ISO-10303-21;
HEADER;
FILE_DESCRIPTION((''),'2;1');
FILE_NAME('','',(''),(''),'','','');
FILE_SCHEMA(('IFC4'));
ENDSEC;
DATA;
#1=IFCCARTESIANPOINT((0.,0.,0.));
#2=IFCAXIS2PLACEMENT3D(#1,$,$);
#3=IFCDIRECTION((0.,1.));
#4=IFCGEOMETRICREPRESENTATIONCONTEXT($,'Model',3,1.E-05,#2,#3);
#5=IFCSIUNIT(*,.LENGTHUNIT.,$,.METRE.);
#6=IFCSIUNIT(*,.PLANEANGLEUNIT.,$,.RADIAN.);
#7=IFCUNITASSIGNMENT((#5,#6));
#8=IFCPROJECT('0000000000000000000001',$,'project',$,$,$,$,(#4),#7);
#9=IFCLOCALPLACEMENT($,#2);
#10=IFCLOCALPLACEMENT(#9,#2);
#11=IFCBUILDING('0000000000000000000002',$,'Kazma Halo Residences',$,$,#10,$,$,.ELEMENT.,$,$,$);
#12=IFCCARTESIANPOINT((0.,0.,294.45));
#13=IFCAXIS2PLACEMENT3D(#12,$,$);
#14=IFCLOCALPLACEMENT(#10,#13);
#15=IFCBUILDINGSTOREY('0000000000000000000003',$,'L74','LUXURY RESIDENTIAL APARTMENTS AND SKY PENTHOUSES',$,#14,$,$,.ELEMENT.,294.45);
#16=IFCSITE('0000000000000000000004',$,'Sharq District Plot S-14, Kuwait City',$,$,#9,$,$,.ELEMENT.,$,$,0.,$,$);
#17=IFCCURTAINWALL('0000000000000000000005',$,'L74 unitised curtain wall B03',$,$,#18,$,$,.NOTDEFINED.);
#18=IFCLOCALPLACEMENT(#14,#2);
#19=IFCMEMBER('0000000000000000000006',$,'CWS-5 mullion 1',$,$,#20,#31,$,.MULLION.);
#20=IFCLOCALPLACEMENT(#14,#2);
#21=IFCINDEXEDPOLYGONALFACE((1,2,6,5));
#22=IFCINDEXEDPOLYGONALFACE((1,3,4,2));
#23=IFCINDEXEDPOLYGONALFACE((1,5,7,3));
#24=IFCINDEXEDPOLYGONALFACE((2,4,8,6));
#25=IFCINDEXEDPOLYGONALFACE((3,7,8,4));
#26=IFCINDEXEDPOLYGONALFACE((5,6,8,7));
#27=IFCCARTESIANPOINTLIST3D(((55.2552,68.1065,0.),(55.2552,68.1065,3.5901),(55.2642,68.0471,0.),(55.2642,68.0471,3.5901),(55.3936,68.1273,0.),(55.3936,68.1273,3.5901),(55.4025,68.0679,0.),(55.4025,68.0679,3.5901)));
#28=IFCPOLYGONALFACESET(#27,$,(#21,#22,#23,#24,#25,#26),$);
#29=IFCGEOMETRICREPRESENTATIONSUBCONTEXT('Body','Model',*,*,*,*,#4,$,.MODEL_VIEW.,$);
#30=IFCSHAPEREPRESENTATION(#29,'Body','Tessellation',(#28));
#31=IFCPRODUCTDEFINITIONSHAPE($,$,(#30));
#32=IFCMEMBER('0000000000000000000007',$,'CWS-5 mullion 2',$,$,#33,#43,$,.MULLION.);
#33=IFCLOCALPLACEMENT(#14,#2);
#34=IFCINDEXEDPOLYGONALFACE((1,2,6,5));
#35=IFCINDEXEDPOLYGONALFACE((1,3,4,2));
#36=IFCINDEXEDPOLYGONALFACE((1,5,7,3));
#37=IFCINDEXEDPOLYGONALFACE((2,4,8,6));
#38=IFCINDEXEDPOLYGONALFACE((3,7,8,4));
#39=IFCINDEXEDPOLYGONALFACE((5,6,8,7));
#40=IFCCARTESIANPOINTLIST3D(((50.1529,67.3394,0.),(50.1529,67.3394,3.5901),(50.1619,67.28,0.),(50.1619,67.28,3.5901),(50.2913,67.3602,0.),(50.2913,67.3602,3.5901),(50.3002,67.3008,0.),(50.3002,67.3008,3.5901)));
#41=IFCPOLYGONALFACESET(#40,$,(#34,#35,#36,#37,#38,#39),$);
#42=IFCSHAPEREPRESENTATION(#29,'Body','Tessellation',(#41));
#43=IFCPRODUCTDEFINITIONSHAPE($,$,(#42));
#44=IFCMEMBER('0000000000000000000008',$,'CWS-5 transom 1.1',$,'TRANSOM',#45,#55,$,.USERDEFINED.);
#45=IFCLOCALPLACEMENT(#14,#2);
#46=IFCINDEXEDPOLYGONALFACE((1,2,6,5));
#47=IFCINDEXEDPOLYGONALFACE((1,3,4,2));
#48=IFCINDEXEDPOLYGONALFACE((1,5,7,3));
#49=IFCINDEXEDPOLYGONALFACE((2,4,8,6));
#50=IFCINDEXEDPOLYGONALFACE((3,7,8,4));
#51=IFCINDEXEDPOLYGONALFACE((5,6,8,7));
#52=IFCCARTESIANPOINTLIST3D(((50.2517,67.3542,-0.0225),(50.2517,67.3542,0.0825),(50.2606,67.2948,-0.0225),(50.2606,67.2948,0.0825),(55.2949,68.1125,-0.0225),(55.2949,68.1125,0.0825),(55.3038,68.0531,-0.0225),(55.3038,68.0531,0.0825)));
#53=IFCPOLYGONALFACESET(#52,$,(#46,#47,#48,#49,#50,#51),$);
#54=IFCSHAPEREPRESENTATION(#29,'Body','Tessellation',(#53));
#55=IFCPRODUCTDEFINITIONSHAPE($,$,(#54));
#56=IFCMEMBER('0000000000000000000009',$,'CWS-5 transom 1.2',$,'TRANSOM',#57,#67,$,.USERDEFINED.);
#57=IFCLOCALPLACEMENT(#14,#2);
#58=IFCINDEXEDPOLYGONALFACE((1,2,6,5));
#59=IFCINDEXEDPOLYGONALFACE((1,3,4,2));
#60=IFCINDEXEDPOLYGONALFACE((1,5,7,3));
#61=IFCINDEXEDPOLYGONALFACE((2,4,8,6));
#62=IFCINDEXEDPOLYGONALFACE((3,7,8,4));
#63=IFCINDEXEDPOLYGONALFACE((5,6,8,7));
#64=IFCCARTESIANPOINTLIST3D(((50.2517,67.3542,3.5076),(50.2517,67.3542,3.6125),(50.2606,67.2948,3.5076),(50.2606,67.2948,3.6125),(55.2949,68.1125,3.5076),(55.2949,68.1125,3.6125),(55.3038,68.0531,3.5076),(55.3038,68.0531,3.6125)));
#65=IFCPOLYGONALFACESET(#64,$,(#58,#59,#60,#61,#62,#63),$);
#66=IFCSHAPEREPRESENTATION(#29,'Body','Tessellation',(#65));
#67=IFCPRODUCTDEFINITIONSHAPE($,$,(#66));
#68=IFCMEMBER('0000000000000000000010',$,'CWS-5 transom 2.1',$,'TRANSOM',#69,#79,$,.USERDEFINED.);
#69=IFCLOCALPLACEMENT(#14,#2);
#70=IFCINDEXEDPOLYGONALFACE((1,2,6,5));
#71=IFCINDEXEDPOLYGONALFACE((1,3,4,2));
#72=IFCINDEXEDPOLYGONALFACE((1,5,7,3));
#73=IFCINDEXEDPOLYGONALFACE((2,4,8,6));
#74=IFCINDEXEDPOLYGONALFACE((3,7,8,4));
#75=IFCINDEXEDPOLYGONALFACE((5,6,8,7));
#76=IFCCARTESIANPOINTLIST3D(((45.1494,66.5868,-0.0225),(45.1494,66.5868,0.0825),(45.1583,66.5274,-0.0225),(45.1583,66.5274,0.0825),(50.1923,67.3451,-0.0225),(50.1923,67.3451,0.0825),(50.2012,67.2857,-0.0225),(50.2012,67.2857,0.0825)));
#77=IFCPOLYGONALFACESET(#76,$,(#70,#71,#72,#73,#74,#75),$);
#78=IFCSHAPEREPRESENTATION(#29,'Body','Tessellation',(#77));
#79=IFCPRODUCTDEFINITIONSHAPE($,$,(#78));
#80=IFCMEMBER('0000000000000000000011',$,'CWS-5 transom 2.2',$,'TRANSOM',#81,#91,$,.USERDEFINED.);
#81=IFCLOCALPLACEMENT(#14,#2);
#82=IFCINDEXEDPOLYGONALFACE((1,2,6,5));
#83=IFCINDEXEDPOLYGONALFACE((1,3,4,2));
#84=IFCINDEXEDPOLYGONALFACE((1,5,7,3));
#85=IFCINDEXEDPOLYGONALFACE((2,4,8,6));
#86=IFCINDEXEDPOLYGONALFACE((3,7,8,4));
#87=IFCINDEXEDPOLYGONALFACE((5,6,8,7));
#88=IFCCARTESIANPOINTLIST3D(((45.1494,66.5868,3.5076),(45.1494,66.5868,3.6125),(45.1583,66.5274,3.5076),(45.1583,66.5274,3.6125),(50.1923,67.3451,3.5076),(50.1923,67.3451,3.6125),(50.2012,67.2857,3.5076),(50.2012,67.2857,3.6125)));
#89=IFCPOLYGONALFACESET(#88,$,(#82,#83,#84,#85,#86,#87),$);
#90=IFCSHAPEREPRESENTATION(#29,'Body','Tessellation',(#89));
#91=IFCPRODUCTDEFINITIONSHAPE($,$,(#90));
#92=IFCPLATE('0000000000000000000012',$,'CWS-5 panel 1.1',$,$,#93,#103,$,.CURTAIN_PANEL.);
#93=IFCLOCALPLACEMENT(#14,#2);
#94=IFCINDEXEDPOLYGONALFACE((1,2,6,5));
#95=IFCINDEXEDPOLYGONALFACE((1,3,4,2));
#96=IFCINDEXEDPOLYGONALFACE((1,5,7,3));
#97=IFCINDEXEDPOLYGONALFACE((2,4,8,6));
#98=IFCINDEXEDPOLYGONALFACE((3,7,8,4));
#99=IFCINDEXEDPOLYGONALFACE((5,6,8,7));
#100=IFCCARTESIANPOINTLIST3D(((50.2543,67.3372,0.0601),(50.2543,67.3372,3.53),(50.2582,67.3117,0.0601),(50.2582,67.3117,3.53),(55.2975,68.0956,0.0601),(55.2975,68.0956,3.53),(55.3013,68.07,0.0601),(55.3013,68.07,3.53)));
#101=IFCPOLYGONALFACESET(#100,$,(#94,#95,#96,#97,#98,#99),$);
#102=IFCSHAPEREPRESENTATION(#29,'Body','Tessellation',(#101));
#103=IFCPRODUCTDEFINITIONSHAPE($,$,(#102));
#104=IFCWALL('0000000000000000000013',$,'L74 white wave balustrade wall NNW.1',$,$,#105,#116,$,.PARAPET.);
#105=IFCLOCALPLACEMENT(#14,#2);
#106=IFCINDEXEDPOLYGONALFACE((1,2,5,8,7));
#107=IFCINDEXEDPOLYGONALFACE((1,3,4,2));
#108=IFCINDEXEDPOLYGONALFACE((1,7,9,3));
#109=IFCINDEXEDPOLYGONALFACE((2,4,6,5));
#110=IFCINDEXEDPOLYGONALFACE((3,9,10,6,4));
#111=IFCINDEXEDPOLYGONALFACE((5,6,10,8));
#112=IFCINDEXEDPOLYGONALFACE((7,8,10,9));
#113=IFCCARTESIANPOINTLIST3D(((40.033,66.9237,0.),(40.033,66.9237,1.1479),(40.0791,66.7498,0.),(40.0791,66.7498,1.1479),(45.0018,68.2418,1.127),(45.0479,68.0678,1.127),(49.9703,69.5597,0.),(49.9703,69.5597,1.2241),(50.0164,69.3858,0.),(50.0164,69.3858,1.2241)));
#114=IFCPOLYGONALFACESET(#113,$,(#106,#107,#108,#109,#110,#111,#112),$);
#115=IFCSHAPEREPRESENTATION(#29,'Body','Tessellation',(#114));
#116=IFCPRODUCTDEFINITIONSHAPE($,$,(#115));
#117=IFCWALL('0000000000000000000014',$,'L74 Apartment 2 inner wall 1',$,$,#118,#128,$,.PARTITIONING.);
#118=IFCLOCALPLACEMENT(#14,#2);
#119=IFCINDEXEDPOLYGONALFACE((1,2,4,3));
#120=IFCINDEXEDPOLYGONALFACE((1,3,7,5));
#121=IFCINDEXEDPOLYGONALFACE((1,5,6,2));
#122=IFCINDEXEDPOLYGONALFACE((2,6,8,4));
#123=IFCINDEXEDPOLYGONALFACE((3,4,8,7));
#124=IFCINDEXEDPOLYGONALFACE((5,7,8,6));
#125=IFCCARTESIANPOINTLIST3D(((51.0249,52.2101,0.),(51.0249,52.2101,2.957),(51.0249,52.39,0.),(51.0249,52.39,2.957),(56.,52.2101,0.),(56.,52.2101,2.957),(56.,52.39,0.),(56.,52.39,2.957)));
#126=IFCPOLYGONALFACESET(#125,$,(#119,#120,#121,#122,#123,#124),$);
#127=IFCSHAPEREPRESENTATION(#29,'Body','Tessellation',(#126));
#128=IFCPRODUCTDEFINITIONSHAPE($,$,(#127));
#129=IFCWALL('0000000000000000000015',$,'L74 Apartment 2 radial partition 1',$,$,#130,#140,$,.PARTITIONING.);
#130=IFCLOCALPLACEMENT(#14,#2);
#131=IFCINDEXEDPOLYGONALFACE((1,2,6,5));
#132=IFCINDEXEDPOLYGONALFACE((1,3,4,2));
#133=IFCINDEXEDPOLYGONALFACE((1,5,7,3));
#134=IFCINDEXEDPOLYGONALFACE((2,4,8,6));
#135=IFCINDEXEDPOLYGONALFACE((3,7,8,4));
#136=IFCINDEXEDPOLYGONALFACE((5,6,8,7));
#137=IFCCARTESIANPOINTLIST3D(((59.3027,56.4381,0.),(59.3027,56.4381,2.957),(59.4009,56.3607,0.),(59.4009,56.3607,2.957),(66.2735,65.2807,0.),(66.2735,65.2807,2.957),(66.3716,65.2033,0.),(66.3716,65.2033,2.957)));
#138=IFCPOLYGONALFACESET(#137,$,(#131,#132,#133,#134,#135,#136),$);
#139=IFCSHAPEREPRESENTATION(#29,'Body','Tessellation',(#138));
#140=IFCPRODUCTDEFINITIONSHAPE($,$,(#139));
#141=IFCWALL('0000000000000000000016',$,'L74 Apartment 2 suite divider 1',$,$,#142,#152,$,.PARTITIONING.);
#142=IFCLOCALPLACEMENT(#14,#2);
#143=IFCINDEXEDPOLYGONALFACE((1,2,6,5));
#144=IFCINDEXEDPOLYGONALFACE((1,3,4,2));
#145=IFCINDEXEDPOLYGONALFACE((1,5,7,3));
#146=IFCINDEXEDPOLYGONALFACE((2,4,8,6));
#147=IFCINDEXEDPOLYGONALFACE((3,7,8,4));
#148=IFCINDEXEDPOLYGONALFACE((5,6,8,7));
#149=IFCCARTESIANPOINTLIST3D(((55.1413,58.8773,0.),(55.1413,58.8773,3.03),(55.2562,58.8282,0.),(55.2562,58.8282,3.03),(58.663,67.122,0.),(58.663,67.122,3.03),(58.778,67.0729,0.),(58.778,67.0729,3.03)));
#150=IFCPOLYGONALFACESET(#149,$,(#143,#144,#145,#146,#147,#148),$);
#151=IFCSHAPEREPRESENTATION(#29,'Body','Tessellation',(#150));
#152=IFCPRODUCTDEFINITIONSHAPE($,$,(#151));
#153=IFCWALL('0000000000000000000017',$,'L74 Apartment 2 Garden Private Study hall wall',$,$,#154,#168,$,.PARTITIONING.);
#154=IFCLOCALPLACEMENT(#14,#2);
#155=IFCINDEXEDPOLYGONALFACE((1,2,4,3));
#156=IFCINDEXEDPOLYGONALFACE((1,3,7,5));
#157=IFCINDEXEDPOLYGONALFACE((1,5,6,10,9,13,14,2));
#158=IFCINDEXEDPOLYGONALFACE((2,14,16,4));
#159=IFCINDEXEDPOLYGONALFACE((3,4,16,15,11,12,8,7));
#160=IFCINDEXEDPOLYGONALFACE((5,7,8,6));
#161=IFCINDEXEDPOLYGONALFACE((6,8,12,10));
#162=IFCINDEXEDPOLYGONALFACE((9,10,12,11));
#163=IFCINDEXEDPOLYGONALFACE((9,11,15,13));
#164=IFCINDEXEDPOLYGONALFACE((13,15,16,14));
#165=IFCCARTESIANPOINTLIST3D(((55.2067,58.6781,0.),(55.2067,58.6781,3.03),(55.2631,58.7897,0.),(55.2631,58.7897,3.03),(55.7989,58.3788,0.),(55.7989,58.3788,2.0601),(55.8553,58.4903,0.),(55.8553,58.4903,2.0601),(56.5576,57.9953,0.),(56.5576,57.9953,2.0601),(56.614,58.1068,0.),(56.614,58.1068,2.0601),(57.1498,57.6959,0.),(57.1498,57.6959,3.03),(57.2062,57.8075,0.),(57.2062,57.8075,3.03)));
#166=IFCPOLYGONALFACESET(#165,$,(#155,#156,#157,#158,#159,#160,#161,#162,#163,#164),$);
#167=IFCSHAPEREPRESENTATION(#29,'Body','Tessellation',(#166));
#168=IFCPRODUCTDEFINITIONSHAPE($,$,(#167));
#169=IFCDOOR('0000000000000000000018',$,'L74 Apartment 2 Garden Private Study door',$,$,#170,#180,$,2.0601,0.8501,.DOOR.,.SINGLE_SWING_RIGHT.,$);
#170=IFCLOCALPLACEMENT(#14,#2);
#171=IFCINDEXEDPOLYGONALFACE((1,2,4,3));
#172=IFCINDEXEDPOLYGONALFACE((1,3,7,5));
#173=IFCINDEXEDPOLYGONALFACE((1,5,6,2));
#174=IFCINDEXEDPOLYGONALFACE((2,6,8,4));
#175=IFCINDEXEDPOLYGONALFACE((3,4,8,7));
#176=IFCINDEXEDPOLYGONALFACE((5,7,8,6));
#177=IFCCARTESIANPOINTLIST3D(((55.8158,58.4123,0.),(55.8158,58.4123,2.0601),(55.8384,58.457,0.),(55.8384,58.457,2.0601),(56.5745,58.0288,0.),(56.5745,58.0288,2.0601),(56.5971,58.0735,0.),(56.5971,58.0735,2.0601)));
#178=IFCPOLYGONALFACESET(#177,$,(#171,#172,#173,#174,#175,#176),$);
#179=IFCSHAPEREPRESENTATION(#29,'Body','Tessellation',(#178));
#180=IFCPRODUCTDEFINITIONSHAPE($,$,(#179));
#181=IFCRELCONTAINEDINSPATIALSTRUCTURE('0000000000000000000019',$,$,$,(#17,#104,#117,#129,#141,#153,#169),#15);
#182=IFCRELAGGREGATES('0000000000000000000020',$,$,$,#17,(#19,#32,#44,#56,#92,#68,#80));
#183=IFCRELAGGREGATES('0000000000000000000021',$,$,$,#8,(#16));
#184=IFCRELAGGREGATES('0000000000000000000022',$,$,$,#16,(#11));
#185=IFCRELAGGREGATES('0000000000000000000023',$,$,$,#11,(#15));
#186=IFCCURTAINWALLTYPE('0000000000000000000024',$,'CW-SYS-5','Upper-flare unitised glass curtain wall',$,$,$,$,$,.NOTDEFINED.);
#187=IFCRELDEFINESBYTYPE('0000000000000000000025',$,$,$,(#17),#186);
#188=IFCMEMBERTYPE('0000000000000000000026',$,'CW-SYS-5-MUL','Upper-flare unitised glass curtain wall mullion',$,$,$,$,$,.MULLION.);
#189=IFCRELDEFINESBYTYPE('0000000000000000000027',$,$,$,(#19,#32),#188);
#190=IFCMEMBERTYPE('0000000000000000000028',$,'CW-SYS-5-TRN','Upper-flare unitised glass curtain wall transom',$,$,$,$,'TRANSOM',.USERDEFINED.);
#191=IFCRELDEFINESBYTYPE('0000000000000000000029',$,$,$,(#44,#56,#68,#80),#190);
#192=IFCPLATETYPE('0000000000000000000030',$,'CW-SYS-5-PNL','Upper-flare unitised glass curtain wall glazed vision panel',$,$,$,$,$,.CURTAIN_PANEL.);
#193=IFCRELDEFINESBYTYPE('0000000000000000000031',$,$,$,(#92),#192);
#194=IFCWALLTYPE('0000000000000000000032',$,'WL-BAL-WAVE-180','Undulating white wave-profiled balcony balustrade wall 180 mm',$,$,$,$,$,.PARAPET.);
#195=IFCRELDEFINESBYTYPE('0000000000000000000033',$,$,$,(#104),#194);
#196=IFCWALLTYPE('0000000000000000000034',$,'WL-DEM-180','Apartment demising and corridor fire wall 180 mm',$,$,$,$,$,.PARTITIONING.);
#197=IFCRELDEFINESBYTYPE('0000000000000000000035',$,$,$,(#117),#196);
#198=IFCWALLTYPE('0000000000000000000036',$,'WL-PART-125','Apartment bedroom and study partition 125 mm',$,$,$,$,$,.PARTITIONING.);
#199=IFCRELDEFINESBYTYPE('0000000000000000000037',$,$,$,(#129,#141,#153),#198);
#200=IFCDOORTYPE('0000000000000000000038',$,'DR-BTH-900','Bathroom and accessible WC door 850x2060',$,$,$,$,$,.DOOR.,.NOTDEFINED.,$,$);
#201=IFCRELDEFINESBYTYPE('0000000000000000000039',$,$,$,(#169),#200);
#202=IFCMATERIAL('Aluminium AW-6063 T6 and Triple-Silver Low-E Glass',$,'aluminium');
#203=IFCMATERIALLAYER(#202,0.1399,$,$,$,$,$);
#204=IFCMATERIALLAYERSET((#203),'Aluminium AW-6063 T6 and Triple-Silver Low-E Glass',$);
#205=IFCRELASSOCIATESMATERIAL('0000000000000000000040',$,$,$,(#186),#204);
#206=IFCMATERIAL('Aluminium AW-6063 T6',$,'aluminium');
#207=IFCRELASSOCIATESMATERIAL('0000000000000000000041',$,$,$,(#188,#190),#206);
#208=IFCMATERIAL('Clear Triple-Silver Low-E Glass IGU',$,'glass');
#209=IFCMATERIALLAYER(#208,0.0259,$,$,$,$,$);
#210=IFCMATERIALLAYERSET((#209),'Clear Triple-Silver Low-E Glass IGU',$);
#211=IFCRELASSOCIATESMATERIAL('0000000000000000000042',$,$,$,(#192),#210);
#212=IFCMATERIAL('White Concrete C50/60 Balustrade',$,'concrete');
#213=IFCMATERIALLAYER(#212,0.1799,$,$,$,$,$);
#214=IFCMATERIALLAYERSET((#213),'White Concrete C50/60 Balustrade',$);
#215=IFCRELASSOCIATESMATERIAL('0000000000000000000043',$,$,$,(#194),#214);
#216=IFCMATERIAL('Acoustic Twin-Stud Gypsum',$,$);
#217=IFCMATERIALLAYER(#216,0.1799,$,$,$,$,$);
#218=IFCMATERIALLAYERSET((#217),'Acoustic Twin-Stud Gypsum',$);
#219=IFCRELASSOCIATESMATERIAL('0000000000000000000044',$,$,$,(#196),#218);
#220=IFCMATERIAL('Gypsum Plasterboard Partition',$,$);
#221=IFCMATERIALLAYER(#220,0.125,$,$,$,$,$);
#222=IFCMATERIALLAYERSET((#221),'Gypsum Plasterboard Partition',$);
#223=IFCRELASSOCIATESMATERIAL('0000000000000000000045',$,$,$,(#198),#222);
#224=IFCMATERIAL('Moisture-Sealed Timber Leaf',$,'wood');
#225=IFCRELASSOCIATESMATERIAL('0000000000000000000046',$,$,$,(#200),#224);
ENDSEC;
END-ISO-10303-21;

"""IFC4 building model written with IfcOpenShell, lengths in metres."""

from ifc_helpers import new_model, si_unit, direction, frame, frame_2d, origin, origin_2d, place, context, subcontext, project, spatial, polyline, rectangle, outline, extrude, material, layer, layer_set, material_profile, profile_set, type_object, element, fill, aggregate, save


model = new_model("IFC4")

# Units and contexts
model_context = context("Model", 3, precision=1e-05, world=origin(), true_north=direction((0.0, 1.0)))
body_context = subcontext(model_context, "Body", "Model", "MODEL_VIEW")
ifc_project = project(units=[si_unit("LENGTHUNIT", "METRE"), si_unit("PLANEANGLEUNIT", "RADIAN")], contexts=[model_context])

# Site, building, storey
site_placement = place(None, origin())
site = spatial("IfcSite", under=ifc_project, at=site_placement, Name="Sharq District Plot S-14, Kuwait City", CompositionType="ELEMENT", RefElevation=0.0)
building_placement = place(site_placement, origin())
building = spatial("IfcBuilding", under=site, at=building_placement, Name="Kazma Halo Residences", CompositionType="ELEMENT")
storey_placement = place(building_placement, frame((0.0, 0.0, 294.45)))
storey = spatial("IfcBuildingStorey", under=building, at=storey_placement, Name="L74", Description="LUXURY RESIDENTIAL APARTMENTS AND SKY PENTHOUSES", CompositionType="ELEMENT", Elevation=294.45)

# Curtain wall, members, plate
ifc_material_1 = material(Name="Aluminium AW-6063 T6 and Triple-Silver Low-E Glass", Category="aluminium")
ifc_layer_1 = layer(ifc_material_1, 0.1399)
ifc_layer_set_1 = layer_set([ifc_layer_1], Name="Aluminium AW-6063 T6 and Triple-Silver Low-E Glass")
curtain_wall_type = type_object("IfcCurtainWallType", Name="CW-SYS-5", Description="Upper-flare unitised glass curtain wall", PredefinedType="NOTDEFINED", material=ifc_layer_set_1)
curtain_wall_placement = place(storey_placement, origin())
curtain_wall = element("IfcCurtainWall", 1, at=curtain_wall_placement, inside=storey, type_object=curtain_wall_type, Name="L74 unitised curtain wall B03", PredefinedType="NOTDEFINED")
ifc_material_2 = material(Name="Aluminium AW-6063 T6", Category="aluminium")
ifc_material_profile_1 = material_profile(ifc_material_2, rectangle(XDim=0.0601, YDim=0.1399, at=origin_2d()), Name="CWM-60x140")
ifc_profile_set_1 = profile_set([ifc_material_profile_1], Name="Aluminium AW-6063 T6")
member_type_1 = type_object("IfcMemberType", Name="CW-SYS-5-MUL", Description="Upper-flare unitised glass curtain wall mullion", PredefinedType="MULLION", material=ifc_profile_set_1)
member_1_placement = place(storey_placement, frame((55.3289, 68.0872, 0.0), z_axis=(0.0, 0.0, 1.0), x_axis=(0.148697, -0.988883, 0.0)))
member_1 = element("IfcMember", 2, at=member_1_placement, type_object=member_type_1, Name="CWS-5 mullion 1", PredefinedType="MULLION", context=body_context, shape_type="SweptSolid", body=[
    extrude(rectangle(XDim=0.0601, YDim=0.1399, at=origin_2d()), origin(), (0.0, 0.0, 1.0), 3.5901),
])
member_2_placement = place(storey_placement, frame((50.2266, 67.3201, 0.0), z_axis=(0.0, 0.0, 1.0), x_axis=(0.148697, -0.988883, 0.0)))
member_2 = element("IfcMember", 3, at=member_2_placement, type_object=member_type_1, Name="CWS-5 mullion 2", PredefinedType="MULLION", context=body_context, shape_type="SweptSolid", body=[
    extrude(rectangle(XDim=0.0601, YDim=0.1399, at=origin_2d()), origin(), (0.0, 0.0, 1.0), 3.5901),
])
ifc_material_profile_2 = material_profile(ifc_material_2, rectangle(XDim=0.0601, YDim=0.105, at=origin_2d()), Name="CWT-60x105")
ifc_profile_set_2 = profile_set([ifc_material_profile_2], Name="Aluminium AW-6063 T6")
member_type_2 = type_object("IfcMemberType", Name="CW-SYS-5-TRN", Description="Upper-flare unitised glass curtain wall transom", ElementType="TRANSOM", PredefinedType="USERDEFINED", material=ifc_profile_set_2)
member_3_placement = place(storey_placement, frame((55.2993, 68.0828, 0.03), z_axis=(-0.988884, -0.148689, 0.0), x_axis=(0.148689, -0.988884, 0.0)))
member_3 = element("IfcMember", 4, at=member_3_placement, type_object=member_type_2, Name="CWS-5 transom 1.1", ObjectType="TRANSOM", PredefinedType="USERDEFINED", context=body_context, shape_type="SweptSolid", body=[
    extrude(rectangle(XDim=0.0601, YDim=0.105, at=origin_2d()), origin(), (0.0, 0.0, 1.0), 5.0999),
])
member_4_placement = place(storey_placement, frame((55.2993, 68.0828, 3.5601), z_axis=(-0.988884, -0.148689, 0.0), x_axis=(0.148689, -0.988884, 0.0)))
member_4 = element("IfcMember", 5, at=member_4_placement, type_object=member_type_2, Name="CWS-5 transom 1.2", ObjectType="TRANSOM", PredefinedType="USERDEFINED", context=body_context, shape_type="SweptSolid", body=[
    extrude(rectangle(XDim=0.0601, YDim=0.105, at=origin_2d()), origin(), (0.0, 0.0, 1.0), 5.0999),
])
member_5_placement = place(storey_placement, frame((50.1968, 67.3154, 0.03), z_axis=(-0.988883, -0.148696, 0.0), x_axis=(0.148696, -0.988883, 0.0)))
member_5 = element("IfcMember", 6, at=member_5_placement, type_object=member_type_2, Name="CWS-5 transom 2.1", ObjectType="TRANSOM", PredefinedType="USERDEFINED", context=body_context, shape_type="SweptSolid", body=[
    extrude(rectangle(XDim=0.0601, YDim=0.105, at=origin_2d()), origin(), (0.0, 0.0, 1.0), 5.0996),
])
member_6_placement = place(storey_placement, frame((50.1968, 67.3154, 3.5601), z_axis=(-0.988883, -0.148696, 0.0), x_axis=(0.148696, -0.988883, 0.0)))
member_6 = element("IfcMember", 7, at=member_6_placement, type_object=member_type_2, Name="CWS-5 transom 2.2", ObjectType="TRANSOM", PredefinedType="USERDEFINED", context=body_context, shape_type="SweptSolid", body=[
    extrude(rectangle(XDim=0.0601, YDim=0.105, at=origin_2d()), origin(), (0.0, 0.0, 1.0), 5.0996),
])
ifc_material_3 = material(Name="Clear Triple-Silver Low-E Glass IGU", Category="glass")
ifc_layer_2 = layer(ifc_material_3, 0.0259)
ifc_layer_set_2 = layer_set([ifc_layer_2], Name="Clear Triple-Silver Low-E Glass IGU")
plate_type = type_object("IfcPlateType", Name="CW-SYS-5-PNL", Description="Upper-flare unitised glass curtain wall glazed vision panel", PredefinedType="CURTAIN_PANEL", material=ifc_layer_set_2)
plate_placement = place(storey_placement, frame((52.7778, 67.7036, 0.0601), z_axis=(0.0, 0.0, 1.0), x_axis=(-0.988883, -0.148697, 0.0)))
plate = element("IfcPlate", 8, at=plate_placement, type_object=plate_type, Name="CWS-5 panel 1.1", PredefinedType="CURTAIN_PANEL", context=body_context, shape_type="SweptSolid", body=[
    extrude(rectangle(XDim=5.0999, YDim=0.0259, at=origin_2d()), origin(), (0.0, 0.0, 1.0), 3.47),
])
aggregate(curtain_wall, [member_1, member_2, member_3, member_4, plate, member_5, member_6])

# Walls
ifc_material_4 = material(Name="White Concrete C50/60 Balustrade", Category="concrete")
ifc_layer_3 = layer(ifc_material_4, 0.1799)
ifc_layer_set_3 = layer_set([ifc_layer_3], Name="White Concrete C50/60 Balustrade")
wall_type_1 = type_object("IfcWallType", Name="WL-BAL-WAVE-180", Description="Undulating white wave-profiled balcony balustrade wall 180 mm", PredefinedType="PARAPET", material=ifc_layer_set_3)
wall_1_placement = place(storey_placement, frame((49.9934, 69.4727, 0.0), z_axis=(0.0, 0.0, 1.0), x_axis=(-0.966572, -0.256396, 0.0)))
element("IfcWall", 9, at=wall_1_placement, inside=storey, type_object=wall_type_1, Name="L74 white wave balustrade wall NNW.1", PredefinedType="PARAPET", context=body_context, shape_type="SweptSolid", body=[
    extrude(outline(polyline([(0.0, 0.0), (10.281, 0.0), (10.281, 1.1479), (5.1404, 1.127), (0.0, 1.2241), (0.0, 0.0)])), frame((0.0, 0.0898, 0.0), z_axis=(0.0, -1.0, 0.0), x_axis=(1.0, 0.0, 0.0)), (0.0, 0.0, 1.0), 0.1799),
])
ifc_material_5 = material(Name="Acoustic Twin-Stud Gypsum")
ifc_layer_4 = layer(ifc_material_5, 0.1799)
ifc_layer_set_4 = layer_set([ifc_layer_4], Name="Acoustic Twin-Stud Gypsum")
wall_type_2 = type_object("IfcWallType", Name="WL-DEM-180", Description="Apartment demising and corridor fire wall 180 mm", PredefinedType="PARTITIONING", material=ifc_layer_set_4)
wall_2_placement = place(storey_placement, frame((56.0, 52.3, 0.0), z_axis=(0.0, 0.0, 1.0), x_axis=(-1.0, 0.0, 0.0)))
element("IfcWall", 10, at=wall_2_placement, inside=storey, type_object=wall_type_2, Name="L74 Apartment 2 inner wall 1", PredefinedType="PARTITIONING", context=body_context, shape_type="SweptSolid", body=[
    extrude(rectangle(XDim=4.9751, YDim=0.1799, at=frame_2d((2.4875, 0.0))), origin(), (0.0, 0.0, 1.0), 2.957),
])
ifc_material_6 = material(Name="Gypsum Plasterboard Partition")
ifc_layer_5 = layer(ifc_material_6, 0.125)
ifc_layer_set_5 = layer_set([ifc_layer_5], Name="Gypsum Plasterboard Partition")
wall_type_3 = type_object("IfcWallType", Name="WL-PART-125", Description="Apartment bedroom and study partition 125 mm", PredefinedType="PARTITIONING", material=ifc_layer_set_5)
wall_3_placement = place(storey_placement, frame((59.3518, 56.3994, 0.0), z_axis=(0.0, 0.0, 1.0), x_axis=(0.619084, 0.785325, 0.0)))
element("IfcWall", 11, at=wall_3_placement, inside=storey, type_object=wall_type_3, Name="L74 Apartment 2 radial partition 1", PredefinedType="PARTITIONING", context=body_context, shape_type="SweptSolid", body=[
    extrude(rectangle(XDim=11.2598, YDim=0.125, at=frame_2d((5.6299, 0.0))), origin(), (0.0, 0.0, 1.0), 2.957),
])
wall_4_placement = place(storey_placement, frame((55.1987, 58.8528, 0.0), z_axis=(0.0, 0.0, 1.0), x_axis=(0.392818, 0.919616, 0.0)))
element("IfcWall", 12, at=wall_4_placement, inside=storey, type_object=wall_type_3, Name="L74 Apartment 2 suite divider 1", PredefinedType="PARTITIONING", context=body_context, shape_type="SweptSolid", body=[
    extrude(rectangle(XDim=8.9653, YDim=0.125, at=frame_2d((4.4827, 0.0))), origin(), (0.0, 0.0, 1.0), 3.03),
])

# Wall, opening, door
wall_5_placement = place(storey_placement, frame((57.178, 57.7517, 0.0), z_axis=(0.0, 0.0, 1.0), x_axis=(-0.892468, 0.451112, 0.0)))
wall_5 = element("IfcWall", 13, at=wall_5_placement, inside=storey, type_object=wall_type_3, Name="L74 Apartment 2 Garden Private Study hall wall", PredefinedType="PARTITIONING", context=body_context, shape_type="SweptSolid", body=[
    extrude(rectangle(XDim=2.1772, YDim=0.125, at=frame_2d((1.0886, 0.0))), origin(), (0.0, 0.0, 1.0), 3.03),
])
opening_1_placement = place(wall_5_placement, frame((0.6636, 0.0, 0.0)))
opening_1 = element("IfcOpeningElement", 14, at=opening_1_placement, cuts=wall_5, PredefinedType="OPENING", context=body_context, shape_type="SweptSolid", body=[
    extrude(rectangle(XDim=0.8501, YDim=2.0601, at=frame_2d((0.425, 1.03))), frame((0.0, 0.0725, 0.0), z_axis=(0.0, -1.0, 0.0), x_axis=(1.0, 0.0, 0.0)), (0.0, 0.0, 1.0), 0.145),
])
ifc_material_7 = material(Name="Moisture-Sealed Timber Leaf", Category="wood")
door_type_1 = type_object("IfcDoorType", Name="DR-BTH-900", Description="Bathroom and accessible WC door 850x2060", OperationType="NOTDEFINED", PredefinedType="DOOR", material=ifc_material_7)
door_1_placement = place(opening_1_placement, origin())
door_1 = element("IfcDoor", 15, at=door_1_placement, inside=storey, type_object=door_type_1, Name="L74 Apartment 2 Garden Private Study door", OperationType="SINGLE_SWING_RIGHT", OverallHeight=2.0601, OverallWidth=0.8501, PredefinedType="DOOR", context=body_context, shape_type="SweptSolid", body=[
    extrude(rectangle(XDim=0.8501, YDim=2.0601, at=frame_2d((0.425, 1.03))), frame((0.0, 0.0249, 0.0), z_axis=(0.0, -1.0, 0.0), x_axis=(1.0, 0.0, 0.0)), (0.0, 0.0, 1.0), 0.05),
])
fill(opening_1, door_1)

save(model, "model.ifc")
